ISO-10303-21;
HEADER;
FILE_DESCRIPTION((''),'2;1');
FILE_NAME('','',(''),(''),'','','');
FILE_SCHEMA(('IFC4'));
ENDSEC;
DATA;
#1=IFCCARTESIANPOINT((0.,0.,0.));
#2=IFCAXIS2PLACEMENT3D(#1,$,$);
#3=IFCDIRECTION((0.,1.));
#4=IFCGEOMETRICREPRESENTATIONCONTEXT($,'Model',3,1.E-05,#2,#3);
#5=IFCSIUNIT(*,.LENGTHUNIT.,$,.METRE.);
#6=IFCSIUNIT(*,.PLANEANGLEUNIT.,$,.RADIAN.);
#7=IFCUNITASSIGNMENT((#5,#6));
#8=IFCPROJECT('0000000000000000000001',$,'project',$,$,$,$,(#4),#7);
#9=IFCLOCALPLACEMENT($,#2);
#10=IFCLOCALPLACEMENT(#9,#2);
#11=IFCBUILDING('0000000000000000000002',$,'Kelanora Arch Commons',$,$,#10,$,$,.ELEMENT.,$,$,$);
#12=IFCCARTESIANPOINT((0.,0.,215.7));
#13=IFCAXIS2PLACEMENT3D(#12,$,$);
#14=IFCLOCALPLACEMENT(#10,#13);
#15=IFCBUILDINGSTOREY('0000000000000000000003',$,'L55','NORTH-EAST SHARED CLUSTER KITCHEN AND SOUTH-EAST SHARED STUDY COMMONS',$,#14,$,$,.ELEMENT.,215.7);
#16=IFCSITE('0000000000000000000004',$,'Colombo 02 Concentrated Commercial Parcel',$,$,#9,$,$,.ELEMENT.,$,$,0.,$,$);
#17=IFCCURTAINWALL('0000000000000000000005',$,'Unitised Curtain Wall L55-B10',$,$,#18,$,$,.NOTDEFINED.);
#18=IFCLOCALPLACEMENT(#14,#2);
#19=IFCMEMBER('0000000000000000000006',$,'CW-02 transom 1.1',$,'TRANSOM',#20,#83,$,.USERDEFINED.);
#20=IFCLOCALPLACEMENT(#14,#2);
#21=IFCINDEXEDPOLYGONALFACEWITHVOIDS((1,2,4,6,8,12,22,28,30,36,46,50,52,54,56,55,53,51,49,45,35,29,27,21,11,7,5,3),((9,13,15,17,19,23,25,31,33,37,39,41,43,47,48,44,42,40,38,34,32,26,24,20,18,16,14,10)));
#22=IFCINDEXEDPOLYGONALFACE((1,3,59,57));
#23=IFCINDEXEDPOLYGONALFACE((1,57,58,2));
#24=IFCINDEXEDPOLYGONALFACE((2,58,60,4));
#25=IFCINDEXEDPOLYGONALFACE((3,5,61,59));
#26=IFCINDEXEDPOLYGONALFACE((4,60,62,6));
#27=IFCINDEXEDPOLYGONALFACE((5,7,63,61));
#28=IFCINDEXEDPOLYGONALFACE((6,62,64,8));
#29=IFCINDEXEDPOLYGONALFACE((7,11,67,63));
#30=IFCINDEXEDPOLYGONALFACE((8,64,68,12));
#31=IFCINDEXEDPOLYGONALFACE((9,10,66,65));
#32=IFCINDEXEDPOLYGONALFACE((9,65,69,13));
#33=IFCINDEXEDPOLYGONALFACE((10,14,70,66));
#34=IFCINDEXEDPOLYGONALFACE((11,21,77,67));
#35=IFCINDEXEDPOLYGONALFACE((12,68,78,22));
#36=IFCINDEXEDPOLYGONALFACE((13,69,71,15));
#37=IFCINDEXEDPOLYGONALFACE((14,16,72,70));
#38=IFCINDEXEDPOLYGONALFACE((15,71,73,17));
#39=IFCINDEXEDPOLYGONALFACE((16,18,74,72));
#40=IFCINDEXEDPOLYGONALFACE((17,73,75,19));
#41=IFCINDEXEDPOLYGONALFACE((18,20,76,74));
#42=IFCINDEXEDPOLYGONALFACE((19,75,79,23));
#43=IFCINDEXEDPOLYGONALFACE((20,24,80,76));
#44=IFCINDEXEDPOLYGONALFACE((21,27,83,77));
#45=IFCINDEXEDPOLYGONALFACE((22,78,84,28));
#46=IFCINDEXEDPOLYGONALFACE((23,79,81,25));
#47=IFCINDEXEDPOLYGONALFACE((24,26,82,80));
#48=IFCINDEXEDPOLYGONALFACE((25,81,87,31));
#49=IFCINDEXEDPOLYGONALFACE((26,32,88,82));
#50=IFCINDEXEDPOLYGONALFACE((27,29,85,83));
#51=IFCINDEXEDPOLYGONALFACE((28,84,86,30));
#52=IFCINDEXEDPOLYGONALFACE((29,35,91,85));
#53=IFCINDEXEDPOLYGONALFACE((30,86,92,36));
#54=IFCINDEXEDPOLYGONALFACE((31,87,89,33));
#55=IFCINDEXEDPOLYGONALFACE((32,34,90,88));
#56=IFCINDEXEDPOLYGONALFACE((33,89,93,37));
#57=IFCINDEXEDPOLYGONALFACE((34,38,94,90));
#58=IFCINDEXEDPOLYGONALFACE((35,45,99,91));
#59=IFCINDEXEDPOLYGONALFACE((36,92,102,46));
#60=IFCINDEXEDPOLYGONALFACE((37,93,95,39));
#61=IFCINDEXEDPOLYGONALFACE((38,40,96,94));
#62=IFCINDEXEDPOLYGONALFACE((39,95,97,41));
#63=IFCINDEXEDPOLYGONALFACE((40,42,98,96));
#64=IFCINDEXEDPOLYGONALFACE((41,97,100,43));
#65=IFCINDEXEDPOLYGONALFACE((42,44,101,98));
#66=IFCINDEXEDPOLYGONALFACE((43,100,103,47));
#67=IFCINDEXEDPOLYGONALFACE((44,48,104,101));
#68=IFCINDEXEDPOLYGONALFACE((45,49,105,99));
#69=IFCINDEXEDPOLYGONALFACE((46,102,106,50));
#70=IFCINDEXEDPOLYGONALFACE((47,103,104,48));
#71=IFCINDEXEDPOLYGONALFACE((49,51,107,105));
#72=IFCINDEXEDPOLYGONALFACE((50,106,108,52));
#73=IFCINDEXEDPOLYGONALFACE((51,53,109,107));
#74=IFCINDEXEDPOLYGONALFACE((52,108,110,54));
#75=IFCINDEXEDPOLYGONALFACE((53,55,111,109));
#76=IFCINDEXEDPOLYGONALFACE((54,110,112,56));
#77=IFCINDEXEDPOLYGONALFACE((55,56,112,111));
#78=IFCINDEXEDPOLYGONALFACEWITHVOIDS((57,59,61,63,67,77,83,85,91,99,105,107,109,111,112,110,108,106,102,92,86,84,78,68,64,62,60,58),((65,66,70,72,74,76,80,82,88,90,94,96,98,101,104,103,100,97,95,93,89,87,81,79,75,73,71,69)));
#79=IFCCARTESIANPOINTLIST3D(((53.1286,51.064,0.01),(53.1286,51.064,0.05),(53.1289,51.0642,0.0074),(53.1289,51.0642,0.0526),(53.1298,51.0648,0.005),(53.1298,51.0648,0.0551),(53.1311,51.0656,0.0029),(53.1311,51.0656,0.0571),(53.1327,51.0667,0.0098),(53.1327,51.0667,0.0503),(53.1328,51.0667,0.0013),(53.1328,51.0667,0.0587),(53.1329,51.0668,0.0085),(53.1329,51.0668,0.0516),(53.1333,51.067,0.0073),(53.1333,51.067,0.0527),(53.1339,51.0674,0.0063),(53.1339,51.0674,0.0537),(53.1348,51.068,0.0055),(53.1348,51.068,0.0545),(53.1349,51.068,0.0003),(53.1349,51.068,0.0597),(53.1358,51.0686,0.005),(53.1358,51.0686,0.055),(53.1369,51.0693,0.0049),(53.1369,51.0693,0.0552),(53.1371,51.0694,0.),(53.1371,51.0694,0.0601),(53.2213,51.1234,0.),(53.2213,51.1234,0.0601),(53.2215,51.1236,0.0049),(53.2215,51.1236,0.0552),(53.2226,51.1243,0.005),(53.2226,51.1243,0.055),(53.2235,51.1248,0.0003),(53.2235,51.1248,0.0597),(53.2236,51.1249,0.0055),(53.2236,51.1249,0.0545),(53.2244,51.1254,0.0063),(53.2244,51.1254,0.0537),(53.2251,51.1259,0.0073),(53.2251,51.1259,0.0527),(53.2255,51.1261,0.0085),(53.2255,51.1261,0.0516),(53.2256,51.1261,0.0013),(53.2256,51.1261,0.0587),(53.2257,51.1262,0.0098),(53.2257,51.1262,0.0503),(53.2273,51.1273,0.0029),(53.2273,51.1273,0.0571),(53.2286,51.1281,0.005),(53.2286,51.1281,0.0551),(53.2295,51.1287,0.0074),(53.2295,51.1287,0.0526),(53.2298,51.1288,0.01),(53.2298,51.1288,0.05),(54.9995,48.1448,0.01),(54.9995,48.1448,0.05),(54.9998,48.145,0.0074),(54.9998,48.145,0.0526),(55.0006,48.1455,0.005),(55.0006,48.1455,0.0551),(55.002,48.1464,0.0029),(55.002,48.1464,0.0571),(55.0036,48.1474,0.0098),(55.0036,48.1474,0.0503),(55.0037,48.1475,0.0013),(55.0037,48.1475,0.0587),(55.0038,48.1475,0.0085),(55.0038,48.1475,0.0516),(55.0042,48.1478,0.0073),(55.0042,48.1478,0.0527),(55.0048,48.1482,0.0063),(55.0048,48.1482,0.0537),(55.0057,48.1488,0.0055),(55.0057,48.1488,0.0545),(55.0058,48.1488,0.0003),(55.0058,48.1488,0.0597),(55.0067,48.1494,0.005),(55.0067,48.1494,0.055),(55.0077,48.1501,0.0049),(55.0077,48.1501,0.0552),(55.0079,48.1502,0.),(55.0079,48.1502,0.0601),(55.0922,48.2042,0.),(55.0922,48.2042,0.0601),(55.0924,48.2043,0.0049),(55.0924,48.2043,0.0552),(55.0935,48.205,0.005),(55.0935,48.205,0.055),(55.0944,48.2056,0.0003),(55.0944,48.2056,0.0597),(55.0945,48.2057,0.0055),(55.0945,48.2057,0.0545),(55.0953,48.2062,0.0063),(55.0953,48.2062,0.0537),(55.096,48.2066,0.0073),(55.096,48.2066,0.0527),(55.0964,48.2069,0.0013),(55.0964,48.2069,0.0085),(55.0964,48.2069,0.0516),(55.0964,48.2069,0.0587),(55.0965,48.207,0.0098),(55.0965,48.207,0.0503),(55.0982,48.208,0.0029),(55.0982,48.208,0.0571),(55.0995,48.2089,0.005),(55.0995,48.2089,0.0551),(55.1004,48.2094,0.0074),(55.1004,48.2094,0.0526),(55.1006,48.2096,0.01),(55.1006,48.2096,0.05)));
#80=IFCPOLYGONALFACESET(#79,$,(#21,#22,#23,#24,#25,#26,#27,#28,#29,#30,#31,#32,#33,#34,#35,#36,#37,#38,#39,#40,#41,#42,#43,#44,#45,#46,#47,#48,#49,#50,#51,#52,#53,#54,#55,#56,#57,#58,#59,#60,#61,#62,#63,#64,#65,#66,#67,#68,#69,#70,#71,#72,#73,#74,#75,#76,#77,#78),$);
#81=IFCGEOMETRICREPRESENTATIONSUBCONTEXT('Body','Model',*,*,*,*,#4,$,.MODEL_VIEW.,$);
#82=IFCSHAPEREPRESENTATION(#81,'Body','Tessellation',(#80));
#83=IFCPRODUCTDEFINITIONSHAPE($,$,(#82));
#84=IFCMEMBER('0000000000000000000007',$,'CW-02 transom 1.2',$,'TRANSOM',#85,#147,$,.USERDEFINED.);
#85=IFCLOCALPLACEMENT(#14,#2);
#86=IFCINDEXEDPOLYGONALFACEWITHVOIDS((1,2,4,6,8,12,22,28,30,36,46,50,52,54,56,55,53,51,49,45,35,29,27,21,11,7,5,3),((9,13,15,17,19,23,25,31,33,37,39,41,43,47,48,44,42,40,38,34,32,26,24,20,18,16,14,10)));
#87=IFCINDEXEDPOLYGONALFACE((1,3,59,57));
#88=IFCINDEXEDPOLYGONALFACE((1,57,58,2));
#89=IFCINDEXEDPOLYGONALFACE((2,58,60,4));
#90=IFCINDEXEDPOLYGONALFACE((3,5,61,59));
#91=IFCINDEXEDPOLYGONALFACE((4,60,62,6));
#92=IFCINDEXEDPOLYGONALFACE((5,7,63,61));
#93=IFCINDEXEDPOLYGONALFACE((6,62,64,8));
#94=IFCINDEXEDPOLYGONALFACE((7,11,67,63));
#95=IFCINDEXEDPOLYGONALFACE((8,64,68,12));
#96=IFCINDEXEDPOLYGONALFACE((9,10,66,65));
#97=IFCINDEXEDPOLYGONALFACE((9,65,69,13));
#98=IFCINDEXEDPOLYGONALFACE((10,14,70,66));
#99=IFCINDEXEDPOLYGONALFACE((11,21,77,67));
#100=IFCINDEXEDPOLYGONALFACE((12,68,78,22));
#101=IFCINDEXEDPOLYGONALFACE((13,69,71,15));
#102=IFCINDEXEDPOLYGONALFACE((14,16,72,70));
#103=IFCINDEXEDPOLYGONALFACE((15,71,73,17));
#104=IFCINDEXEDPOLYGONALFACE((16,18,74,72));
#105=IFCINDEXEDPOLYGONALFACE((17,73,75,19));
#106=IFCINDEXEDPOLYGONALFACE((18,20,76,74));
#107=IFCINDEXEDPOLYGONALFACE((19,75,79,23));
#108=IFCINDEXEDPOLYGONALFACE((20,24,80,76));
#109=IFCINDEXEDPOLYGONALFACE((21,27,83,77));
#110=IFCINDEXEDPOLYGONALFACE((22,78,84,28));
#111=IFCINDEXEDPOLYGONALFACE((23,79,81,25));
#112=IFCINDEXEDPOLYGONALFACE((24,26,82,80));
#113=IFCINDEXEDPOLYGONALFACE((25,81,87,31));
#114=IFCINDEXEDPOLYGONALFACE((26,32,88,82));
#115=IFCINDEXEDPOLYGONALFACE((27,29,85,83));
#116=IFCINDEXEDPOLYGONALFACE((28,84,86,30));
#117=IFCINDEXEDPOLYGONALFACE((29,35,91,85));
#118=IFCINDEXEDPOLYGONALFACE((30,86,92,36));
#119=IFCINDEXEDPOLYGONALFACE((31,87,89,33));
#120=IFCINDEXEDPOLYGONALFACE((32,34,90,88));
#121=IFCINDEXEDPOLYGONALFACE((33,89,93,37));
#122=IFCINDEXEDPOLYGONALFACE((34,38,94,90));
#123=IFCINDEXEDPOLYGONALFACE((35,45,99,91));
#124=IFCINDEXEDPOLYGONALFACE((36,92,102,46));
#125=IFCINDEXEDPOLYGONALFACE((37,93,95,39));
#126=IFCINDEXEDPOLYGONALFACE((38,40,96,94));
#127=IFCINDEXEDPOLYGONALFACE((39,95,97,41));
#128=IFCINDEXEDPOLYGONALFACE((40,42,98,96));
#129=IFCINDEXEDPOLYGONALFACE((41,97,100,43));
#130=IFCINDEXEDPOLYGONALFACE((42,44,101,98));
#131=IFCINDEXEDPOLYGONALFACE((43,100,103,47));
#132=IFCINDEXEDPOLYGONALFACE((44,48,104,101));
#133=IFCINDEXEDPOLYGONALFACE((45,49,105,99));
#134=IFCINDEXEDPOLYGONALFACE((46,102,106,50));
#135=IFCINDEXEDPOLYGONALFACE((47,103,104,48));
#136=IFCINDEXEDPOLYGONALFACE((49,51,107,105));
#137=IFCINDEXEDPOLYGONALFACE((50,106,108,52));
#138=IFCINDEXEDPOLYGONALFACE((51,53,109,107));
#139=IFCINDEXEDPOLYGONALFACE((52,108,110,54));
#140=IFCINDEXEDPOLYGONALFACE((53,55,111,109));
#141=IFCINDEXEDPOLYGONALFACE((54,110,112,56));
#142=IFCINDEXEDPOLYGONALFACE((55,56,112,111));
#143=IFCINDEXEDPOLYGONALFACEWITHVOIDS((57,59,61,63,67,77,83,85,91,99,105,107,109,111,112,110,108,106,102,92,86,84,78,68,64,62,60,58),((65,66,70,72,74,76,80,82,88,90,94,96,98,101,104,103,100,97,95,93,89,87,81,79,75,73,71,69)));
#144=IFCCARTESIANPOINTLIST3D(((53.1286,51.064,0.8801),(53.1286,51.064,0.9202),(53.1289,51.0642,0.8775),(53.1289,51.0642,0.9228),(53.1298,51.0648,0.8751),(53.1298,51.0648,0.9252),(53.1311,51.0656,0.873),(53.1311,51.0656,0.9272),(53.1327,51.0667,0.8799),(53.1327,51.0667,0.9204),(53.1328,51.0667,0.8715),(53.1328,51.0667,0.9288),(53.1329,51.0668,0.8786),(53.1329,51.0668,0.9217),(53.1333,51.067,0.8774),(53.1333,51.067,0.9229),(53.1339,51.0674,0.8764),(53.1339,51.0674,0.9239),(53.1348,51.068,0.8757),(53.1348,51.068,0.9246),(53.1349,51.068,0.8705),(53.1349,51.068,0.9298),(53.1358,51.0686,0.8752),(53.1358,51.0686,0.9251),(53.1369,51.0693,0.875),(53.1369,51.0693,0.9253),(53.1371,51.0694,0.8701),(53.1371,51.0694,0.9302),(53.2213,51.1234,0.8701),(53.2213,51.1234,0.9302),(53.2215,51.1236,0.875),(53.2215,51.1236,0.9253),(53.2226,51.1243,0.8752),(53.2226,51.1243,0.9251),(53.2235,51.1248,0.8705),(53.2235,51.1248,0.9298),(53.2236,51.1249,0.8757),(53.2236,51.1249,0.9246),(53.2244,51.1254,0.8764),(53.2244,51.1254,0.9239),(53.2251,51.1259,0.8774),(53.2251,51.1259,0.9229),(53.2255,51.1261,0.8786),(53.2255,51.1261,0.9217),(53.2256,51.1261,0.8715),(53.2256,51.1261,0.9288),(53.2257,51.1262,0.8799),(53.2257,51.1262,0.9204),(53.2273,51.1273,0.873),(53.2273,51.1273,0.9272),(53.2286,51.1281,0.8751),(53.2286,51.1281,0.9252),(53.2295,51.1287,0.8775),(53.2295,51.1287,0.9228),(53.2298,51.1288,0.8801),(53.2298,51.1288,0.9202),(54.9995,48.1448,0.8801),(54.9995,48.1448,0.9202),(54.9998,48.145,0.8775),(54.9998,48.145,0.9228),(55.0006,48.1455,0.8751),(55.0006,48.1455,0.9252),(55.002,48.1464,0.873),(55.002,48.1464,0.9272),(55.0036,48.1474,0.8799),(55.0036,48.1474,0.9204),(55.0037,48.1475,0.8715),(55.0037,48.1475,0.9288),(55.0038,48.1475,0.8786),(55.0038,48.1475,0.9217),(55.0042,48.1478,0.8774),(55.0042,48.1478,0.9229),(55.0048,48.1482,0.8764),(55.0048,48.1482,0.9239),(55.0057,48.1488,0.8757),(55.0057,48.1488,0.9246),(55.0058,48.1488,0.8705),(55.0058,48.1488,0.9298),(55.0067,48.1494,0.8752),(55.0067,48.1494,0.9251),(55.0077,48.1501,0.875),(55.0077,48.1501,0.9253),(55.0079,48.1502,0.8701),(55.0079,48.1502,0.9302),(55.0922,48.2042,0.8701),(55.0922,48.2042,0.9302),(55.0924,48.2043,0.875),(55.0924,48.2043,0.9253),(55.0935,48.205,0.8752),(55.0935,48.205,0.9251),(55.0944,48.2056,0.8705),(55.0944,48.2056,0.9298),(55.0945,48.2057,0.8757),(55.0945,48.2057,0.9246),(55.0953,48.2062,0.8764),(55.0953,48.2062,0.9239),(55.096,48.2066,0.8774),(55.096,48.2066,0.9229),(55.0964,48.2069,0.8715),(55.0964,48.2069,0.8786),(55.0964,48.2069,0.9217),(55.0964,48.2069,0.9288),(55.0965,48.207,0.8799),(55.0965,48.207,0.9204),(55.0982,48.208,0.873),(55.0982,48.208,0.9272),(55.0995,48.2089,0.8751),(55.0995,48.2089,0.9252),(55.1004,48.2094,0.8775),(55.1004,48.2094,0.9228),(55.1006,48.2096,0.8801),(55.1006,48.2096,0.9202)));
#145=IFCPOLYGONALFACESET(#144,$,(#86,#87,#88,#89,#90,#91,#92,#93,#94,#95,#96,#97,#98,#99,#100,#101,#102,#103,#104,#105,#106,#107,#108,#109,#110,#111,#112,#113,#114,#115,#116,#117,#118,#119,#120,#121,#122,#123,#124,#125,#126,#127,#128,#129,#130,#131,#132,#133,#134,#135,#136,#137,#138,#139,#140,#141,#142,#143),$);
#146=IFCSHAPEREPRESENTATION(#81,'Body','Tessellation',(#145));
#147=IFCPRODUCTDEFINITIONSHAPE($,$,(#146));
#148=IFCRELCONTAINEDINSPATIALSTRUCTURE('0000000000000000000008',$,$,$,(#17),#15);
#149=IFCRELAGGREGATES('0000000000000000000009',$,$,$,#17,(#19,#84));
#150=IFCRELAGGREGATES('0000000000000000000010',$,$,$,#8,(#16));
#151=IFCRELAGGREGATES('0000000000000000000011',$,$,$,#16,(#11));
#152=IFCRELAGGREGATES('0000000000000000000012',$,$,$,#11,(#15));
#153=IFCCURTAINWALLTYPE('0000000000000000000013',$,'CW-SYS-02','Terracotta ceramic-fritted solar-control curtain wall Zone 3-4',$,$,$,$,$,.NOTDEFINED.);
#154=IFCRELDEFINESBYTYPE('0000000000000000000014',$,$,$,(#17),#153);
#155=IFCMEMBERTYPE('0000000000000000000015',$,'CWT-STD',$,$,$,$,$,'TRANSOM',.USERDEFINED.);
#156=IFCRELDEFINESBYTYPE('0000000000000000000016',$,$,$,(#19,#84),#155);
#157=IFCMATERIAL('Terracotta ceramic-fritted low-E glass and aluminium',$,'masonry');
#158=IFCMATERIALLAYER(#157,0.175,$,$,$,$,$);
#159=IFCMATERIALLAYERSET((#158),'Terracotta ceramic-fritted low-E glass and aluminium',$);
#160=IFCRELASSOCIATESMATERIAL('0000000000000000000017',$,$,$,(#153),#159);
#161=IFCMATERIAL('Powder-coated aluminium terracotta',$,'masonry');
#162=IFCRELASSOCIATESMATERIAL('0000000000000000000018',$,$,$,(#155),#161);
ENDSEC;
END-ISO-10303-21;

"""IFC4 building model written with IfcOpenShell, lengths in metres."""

from ifc_helpers import new_model, si_unit, direction, frame, origin, origin_2d, place, context, subcontext, project, spatial, hollow_rectangle, extrude, material, layer, layer_set, material_profile, profile_set, type_object, element, aggregate, save


model = new_model("IFC4")

# Units and contexts
model_context = context("Model", 3, precision=1e-05, world=origin(), true_north=direction((0.0, 1.0)))
body_context = subcontext(model_context, "Body", "Model", "MODEL_VIEW")
ifc_project = project(units=[si_unit("LENGTHUNIT", "METRE"), si_unit("PLANEANGLEUNIT", "RADIAN")], contexts=[model_context])

# Site, building, storey
site_placement = place(None, origin())
site = spatial("IfcSite", under=ifc_project, at=site_placement, Name="Colombo 02 Concentrated Commercial Parcel", CompositionType="ELEMENT", RefElevation=0.0)
building_placement = place(site_placement, origin())
building = spatial("IfcBuilding", under=site, at=building_placement, Name="Kelanora Arch Commons", CompositionType="ELEMENT")
storey_placement = place(building_placement, frame((0.0, 0.0, 215.7)))
storey = spatial("IfcBuildingStorey", under=building, at=storey_placement, Name="L55", Description="NORTH-EAST SHARED CLUSTER KITCHEN AND SOUTH-EAST SHARED STUDY COMMONS", CompositionType="ELEMENT", Elevation=215.7)

# Curtain wall, members
ifc_material_1 = material(Name="Terracotta ceramic-fritted low-E glass and aluminium", Category="masonry")
ifc_layer_1 = layer(ifc_material_1, 0.175)
ifc_layer_set_1 = layer_set([ifc_layer_1], Name="Terracotta ceramic-fritted low-E glass and aluminium")
curtain_wall_type = type_object("IfcCurtainWallType", Name="CW-SYS-02", Description="Terracotta ceramic-fritted solar-control curtain wall Zone 3-4", PredefinedType="NOTDEFINED", material=ifc_layer_set_1)
curtain_wall_placement = place(storey_placement, origin())
curtain_wall = element("IfcCurtainWall", 1, at=curtain_wall_placement, inside=storey, type_object=curtain_wall_type, Name="Unitised Curtain Wall L55-B10", PredefinedType="NOTDEFINED")
ifc_material_2 = material(Name="Powder-coated aluminium terracotta", Category="masonry")
ifc_material_profile_1 = material_profile(ifc_material_2, hollow_rectangle(XDim=0.1201, YDim=0.0601, WallThickness=0.0049, InnerFilletRadius=0.0049, OuterFilletRadius=0.01, at=origin_2d()), Name="CWT120x60")
ifc_profile_set_1 = profile_set([ifc_material_profile_1], Name="Powder-coated aluminium terracotta")
member_type_1 = type_object("IfcMemberType", Name="CWT-STD", ElementType="TRANSOM", PredefinedType="USERDEFINED", material=ifc_profile_set_1)
member_1_placement = place(storey_placement, frame((53.1792, 51.0964, 0.03), z_axis=(0.539579, -0.841935, 0.0), x_axis=(0.841935, 0.539579, 0.0)))
member_1 = element("IfcMember", 2, at=member_1_placement, type_object=member_type_1, Name="CW-02 transom 1.1", ObjectType="TRANSOM", PredefinedType="USERDEFINED", context=body_context, shape_type="SweptSolid", body=[
    extrude(hollow_rectangle(XDim=0.1201, YDim=0.0601, WallThickness=0.0049, InnerFilletRadius=0.0049, OuterFilletRadius=0.01, at=origin_2d()), origin(), (0.0, 0.0, 1.0), 3.4673),
])
member_2_placement = place(storey_placement, frame((53.1792, 51.0964, 0.9001), z_axis=(0.539579, -0.841935, 0.0), x_axis=(0.841935, 0.539579, 0.0)))
member_2 = element("IfcMember", 3, at=member_2_placement, type_object=member_type_1, Name="CW-02 transom 1.2", ObjectType="TRANSOM", PredefinedType="USERDEFINED", context=body_context, shape_type="SweptSolid", body=[
    extrude(hollow_rectangle(XDim=0.1201, YDim=0.0601, WallThickness=0.0049, InnerFilletRadius=0.0049, OuterFilletRadius=0.01, at=origin_2d()), origin(), (0.0, 0.0, 1.0), 3.4673),
])

aggregate(curtain_wall, [member_1, member_2])

save(model, "model.ifc")
